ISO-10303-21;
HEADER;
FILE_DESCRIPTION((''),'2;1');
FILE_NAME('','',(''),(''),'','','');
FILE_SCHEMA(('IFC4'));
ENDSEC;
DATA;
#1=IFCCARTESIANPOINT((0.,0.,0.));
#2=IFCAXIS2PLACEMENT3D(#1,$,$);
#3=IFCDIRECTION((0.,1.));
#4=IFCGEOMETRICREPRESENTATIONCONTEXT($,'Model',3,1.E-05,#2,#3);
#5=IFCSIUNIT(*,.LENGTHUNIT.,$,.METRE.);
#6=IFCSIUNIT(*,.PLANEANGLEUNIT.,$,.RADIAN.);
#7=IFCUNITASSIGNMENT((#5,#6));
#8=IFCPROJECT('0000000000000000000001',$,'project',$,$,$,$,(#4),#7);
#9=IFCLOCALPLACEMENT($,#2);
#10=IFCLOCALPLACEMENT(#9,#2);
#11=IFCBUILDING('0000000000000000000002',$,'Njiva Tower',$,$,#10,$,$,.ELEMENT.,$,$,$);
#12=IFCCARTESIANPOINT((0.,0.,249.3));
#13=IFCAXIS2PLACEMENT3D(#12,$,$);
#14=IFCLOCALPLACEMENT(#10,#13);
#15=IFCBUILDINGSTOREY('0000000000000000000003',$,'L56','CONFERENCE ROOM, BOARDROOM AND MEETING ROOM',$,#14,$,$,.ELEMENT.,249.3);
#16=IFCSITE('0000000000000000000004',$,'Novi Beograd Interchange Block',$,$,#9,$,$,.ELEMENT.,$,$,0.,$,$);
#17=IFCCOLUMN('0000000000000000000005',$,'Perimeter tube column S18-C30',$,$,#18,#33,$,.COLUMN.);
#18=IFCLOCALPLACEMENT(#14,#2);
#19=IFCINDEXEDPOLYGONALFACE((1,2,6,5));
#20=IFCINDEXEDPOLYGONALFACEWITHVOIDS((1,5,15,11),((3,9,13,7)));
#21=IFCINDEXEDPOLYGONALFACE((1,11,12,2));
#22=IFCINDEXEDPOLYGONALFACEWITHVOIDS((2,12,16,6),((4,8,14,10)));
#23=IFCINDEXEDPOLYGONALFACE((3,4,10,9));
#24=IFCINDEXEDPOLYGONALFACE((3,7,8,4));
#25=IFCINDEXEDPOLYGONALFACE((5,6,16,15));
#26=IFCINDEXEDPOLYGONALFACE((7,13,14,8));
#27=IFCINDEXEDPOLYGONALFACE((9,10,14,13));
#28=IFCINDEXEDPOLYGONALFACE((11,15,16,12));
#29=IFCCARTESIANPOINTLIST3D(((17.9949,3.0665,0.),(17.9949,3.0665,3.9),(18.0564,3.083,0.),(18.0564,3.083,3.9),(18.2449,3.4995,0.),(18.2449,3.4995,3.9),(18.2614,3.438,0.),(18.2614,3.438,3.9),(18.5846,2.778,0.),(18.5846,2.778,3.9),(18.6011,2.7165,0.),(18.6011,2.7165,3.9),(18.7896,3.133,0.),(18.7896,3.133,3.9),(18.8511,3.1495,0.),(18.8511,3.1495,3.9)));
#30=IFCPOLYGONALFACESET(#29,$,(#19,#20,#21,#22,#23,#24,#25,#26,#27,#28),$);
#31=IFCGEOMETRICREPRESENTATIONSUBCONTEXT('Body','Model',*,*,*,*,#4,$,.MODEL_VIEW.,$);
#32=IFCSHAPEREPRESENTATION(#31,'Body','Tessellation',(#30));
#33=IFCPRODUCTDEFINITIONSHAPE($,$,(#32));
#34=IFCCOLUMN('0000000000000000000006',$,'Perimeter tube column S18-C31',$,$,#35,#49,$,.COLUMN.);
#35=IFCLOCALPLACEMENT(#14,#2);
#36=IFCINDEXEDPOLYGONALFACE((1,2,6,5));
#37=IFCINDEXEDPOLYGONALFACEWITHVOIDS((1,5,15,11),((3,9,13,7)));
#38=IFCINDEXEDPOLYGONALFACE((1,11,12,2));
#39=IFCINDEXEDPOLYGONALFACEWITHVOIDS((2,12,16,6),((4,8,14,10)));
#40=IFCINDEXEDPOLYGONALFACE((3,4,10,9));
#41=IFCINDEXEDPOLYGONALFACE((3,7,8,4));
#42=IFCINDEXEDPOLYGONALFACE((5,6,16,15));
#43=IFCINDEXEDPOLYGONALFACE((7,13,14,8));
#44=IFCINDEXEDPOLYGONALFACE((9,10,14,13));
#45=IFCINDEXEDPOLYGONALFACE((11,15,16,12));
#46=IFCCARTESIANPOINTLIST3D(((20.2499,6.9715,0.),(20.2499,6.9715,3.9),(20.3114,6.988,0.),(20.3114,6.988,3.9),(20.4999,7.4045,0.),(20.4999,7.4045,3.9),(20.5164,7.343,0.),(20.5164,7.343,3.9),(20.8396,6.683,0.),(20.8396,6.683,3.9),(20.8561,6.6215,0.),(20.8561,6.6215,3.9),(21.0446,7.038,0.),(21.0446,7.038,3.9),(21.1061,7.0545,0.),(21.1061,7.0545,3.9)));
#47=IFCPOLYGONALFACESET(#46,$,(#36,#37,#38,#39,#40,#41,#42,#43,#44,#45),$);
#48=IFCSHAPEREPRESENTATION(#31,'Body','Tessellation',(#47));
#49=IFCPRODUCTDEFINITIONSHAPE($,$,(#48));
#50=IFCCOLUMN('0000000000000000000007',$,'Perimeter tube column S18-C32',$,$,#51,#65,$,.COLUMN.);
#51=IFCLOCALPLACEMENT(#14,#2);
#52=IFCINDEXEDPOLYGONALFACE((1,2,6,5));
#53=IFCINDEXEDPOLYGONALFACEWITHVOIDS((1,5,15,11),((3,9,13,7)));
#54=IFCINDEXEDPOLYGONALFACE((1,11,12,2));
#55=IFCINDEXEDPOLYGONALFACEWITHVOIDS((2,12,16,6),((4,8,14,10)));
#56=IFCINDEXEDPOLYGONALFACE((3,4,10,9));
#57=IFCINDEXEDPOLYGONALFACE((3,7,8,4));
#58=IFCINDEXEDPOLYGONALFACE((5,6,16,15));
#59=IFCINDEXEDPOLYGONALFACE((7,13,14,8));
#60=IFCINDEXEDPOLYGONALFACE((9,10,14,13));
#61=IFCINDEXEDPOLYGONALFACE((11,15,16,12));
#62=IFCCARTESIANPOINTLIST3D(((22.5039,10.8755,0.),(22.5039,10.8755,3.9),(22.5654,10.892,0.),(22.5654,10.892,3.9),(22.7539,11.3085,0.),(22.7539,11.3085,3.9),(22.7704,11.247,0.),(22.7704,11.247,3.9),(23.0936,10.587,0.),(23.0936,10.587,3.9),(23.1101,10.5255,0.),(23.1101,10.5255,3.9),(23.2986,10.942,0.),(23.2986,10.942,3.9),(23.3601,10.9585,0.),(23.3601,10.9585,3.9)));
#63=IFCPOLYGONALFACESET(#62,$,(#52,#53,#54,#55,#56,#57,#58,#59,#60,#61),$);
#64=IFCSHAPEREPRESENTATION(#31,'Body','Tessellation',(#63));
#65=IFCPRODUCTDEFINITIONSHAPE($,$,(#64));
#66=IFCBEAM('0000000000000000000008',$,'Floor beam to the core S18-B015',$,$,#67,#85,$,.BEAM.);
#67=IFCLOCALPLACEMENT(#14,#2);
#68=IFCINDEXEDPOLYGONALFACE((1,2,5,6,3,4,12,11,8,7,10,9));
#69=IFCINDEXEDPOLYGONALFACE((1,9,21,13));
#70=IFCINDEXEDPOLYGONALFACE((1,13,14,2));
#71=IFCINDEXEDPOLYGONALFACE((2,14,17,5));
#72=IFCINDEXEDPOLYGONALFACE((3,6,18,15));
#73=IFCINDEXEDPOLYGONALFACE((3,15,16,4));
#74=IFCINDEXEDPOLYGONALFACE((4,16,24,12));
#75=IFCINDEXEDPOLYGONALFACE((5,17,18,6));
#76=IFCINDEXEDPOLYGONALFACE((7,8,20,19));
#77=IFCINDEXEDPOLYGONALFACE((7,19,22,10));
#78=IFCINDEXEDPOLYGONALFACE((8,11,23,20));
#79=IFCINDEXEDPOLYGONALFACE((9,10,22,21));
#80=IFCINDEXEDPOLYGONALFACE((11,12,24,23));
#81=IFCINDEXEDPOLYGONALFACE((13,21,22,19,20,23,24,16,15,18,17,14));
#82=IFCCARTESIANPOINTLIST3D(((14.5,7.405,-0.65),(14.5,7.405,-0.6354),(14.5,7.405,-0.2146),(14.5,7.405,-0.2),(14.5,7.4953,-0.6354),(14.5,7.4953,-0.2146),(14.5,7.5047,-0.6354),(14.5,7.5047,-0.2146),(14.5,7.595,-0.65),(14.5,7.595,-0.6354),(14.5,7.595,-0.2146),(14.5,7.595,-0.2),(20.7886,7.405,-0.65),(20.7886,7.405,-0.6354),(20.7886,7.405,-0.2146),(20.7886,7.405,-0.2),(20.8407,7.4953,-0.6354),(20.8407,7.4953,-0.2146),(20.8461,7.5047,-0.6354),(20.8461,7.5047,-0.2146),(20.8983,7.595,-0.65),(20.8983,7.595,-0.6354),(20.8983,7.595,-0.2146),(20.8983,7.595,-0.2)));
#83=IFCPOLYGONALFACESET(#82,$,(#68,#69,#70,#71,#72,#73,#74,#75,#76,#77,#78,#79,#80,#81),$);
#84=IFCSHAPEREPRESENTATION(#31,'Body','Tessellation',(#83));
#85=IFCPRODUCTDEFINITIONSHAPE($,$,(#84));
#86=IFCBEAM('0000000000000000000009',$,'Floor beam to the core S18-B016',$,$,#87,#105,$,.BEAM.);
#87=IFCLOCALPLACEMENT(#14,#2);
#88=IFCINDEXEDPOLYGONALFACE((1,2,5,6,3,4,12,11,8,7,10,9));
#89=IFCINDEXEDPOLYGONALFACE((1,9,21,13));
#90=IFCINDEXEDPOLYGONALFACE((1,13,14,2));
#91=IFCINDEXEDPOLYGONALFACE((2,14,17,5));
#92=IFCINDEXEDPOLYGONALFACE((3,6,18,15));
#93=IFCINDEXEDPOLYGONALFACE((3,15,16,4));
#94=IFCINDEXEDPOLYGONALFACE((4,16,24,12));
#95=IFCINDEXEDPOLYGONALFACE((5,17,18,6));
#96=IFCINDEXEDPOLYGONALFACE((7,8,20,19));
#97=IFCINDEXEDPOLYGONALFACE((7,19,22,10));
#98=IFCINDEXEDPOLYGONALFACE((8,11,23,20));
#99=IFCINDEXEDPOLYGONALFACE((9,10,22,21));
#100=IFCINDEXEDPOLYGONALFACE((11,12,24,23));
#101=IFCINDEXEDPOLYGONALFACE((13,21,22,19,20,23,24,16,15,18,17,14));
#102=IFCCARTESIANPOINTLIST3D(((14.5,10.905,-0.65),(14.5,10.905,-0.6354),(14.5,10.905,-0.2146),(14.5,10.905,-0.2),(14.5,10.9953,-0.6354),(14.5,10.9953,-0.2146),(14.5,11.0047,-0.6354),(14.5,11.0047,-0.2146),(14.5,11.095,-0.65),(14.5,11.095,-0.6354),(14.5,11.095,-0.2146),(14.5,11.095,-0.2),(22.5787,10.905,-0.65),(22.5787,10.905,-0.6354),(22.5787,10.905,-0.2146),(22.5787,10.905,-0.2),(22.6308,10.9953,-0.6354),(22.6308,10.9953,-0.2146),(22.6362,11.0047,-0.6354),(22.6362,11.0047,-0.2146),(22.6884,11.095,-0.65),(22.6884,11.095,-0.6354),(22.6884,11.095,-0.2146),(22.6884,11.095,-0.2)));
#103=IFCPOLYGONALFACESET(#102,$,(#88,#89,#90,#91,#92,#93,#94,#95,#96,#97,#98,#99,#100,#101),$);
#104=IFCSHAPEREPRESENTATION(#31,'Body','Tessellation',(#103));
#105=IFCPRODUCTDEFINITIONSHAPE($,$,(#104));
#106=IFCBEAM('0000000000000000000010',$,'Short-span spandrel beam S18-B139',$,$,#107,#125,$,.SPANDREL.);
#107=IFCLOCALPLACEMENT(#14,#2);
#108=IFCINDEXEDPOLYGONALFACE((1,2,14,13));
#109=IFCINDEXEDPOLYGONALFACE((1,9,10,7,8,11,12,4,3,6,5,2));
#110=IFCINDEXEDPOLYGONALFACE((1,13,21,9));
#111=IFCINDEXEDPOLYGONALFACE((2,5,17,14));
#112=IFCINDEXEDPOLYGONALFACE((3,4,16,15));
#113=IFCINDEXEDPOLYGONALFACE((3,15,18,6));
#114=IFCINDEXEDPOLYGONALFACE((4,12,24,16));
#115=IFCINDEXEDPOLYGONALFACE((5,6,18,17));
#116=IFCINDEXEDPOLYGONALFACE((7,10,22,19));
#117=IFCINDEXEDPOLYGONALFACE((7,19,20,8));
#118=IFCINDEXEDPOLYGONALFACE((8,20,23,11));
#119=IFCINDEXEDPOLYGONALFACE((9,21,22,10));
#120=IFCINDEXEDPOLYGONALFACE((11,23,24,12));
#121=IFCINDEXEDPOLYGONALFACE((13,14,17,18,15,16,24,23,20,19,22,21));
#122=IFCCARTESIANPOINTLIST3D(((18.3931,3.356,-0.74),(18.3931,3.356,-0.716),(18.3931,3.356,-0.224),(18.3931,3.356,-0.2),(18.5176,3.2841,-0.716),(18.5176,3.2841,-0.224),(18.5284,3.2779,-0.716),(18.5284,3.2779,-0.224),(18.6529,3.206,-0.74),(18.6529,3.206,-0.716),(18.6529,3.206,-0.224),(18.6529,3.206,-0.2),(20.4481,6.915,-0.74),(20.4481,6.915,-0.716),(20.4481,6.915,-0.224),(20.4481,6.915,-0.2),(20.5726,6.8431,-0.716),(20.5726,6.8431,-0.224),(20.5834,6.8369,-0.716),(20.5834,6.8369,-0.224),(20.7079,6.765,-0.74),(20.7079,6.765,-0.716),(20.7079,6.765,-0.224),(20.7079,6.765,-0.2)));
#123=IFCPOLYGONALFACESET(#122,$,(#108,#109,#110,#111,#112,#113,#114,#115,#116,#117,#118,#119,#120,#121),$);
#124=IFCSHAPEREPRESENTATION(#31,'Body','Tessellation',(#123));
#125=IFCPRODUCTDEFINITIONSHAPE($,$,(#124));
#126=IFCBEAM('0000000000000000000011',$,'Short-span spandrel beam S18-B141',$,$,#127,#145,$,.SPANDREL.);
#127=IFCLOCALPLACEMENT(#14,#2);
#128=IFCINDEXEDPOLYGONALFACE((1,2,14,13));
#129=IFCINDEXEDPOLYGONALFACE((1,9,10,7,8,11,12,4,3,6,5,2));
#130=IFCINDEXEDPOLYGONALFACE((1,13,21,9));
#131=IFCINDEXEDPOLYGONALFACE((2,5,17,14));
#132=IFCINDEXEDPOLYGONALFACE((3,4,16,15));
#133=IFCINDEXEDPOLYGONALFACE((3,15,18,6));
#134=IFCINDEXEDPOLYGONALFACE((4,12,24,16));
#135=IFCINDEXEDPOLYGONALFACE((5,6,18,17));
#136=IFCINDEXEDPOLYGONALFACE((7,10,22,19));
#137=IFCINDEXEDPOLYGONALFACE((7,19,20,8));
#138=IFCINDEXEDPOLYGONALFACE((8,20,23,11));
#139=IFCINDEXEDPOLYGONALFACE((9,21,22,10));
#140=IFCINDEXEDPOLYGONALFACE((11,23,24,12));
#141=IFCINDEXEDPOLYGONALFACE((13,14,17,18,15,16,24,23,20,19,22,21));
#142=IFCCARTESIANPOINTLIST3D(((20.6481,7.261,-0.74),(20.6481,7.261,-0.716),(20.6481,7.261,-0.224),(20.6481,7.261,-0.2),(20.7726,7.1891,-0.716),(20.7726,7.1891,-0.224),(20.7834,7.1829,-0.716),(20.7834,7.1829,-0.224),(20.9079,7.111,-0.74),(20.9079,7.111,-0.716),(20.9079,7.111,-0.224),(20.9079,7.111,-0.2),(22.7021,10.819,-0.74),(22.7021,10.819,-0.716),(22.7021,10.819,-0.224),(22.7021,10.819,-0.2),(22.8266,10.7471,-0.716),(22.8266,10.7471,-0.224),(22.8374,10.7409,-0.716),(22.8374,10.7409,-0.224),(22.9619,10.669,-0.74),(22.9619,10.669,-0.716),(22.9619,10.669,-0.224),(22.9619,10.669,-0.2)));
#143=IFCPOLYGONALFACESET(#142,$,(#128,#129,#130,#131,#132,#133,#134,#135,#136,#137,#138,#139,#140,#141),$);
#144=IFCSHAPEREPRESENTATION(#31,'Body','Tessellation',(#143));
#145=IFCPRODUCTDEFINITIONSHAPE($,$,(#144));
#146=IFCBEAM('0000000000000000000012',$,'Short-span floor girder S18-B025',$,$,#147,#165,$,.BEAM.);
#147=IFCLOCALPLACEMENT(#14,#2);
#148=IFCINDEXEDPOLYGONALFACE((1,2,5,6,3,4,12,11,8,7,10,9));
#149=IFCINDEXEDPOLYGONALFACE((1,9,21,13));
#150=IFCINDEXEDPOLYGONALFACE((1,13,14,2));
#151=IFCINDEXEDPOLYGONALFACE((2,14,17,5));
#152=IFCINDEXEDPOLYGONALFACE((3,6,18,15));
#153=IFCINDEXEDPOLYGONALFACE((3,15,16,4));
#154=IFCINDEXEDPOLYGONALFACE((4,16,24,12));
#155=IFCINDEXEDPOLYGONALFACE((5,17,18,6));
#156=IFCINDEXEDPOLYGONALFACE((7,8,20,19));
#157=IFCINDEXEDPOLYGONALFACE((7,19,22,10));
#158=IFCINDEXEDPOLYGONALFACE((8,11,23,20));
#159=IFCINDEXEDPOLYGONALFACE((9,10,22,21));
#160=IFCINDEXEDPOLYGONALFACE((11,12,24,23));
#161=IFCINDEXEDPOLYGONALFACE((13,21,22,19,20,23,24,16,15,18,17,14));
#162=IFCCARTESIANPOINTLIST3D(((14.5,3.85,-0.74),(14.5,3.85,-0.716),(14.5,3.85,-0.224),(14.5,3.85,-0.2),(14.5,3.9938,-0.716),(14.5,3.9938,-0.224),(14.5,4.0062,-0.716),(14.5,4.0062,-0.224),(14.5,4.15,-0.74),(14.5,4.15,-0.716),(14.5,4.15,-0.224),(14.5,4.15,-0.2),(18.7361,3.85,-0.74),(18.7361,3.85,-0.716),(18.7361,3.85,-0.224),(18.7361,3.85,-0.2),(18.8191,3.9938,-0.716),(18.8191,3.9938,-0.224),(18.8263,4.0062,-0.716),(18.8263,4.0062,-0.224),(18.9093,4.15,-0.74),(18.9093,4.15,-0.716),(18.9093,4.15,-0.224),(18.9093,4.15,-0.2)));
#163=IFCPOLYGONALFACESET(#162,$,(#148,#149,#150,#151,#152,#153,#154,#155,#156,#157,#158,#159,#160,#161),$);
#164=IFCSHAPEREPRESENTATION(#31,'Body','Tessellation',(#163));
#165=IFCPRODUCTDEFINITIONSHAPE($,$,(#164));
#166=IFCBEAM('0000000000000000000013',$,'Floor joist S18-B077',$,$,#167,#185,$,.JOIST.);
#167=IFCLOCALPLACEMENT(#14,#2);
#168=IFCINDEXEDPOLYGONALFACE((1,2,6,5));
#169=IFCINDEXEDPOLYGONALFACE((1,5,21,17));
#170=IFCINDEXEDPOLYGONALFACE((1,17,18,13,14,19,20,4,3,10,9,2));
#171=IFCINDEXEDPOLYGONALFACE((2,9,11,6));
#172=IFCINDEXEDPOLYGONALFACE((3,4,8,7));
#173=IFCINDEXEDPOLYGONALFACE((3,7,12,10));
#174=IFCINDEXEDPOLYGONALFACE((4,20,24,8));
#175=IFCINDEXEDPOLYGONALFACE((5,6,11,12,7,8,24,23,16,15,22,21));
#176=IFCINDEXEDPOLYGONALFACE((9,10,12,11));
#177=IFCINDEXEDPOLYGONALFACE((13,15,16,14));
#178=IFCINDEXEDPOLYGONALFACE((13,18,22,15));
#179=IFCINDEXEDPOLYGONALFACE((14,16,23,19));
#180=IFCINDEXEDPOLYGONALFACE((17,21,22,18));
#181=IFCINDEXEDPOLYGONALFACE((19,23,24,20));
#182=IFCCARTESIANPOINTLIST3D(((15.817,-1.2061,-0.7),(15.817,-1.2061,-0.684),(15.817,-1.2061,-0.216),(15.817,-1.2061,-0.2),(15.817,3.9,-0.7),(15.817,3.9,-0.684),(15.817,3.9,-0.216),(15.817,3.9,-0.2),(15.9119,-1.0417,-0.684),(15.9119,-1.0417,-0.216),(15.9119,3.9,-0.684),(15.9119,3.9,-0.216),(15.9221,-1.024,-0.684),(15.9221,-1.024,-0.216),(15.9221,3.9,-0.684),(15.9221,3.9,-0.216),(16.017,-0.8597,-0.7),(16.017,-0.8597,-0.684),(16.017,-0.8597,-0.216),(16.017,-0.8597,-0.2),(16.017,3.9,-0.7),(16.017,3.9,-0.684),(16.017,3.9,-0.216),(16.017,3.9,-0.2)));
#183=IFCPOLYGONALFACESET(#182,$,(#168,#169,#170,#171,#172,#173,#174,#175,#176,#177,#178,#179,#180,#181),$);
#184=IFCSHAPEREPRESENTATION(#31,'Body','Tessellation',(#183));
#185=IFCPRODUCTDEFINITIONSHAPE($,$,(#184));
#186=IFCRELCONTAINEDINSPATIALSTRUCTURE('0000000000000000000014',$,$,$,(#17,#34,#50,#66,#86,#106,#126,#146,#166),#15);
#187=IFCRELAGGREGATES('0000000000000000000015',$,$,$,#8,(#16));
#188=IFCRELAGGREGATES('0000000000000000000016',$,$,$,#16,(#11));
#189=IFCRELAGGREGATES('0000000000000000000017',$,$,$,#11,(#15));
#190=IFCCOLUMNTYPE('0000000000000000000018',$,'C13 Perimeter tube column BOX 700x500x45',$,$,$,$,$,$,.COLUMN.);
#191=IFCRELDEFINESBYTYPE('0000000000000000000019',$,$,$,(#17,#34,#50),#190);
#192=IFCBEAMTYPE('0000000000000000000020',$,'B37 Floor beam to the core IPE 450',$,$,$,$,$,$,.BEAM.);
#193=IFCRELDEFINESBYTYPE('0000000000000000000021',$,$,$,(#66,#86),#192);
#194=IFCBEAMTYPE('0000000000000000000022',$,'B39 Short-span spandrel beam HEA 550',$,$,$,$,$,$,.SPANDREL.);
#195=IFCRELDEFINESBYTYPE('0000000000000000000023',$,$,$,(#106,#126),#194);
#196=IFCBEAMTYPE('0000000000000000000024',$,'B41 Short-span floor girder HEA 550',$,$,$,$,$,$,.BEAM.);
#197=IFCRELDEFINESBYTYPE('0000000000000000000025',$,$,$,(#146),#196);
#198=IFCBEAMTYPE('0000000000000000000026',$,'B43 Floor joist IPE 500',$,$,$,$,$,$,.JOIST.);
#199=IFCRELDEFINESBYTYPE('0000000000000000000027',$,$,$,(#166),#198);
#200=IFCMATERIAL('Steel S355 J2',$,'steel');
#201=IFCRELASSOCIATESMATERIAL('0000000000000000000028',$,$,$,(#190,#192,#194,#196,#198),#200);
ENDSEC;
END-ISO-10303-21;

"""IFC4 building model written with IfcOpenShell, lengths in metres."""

from ifc_helpers import new_model, si_unit, direction, frame, origin, origin_2d, place, context, subcontext, project, spatial, hollow_rectangle, i_section, extrude, clip, halfspace, material, material_profile, profile_set, type_object, element, save


model = new_model("IFC4")

# Units and contexts
model_context = context("Model", 3, precision=1e-05, world=origin(), true_north=direction((0.0, 1.0)))
body_context = subcontext(model_context, "Body", "Model", "MODEL_VIEW")
ifc_project = project(units=[si_unit("LENGTHUNIT", "METRE"), si_unit("PLANEANGLEUNIT", "RADIAN")], contexts=[model_context])

# Site, building, storey
site_placement = place(None, origin())
site = spatial("IfcSite", under=ifc_project, at=site_placement, Name="Novi Beograd Interchange Block", CompositionType="ELEMENT", RefElevation=0.0)
building_placement = place(site_placement, origin())
building = spatial("IfcBuilding", under=site, at=building_placement, Name="Njiva Tower", CompositionType="ELEMENT")
storey_placement = place(building_placement, frame((0.0, 0.0, 249.3)))
storey = spatial("IfcBuildingStorey", under=building, at=storey_placement, Name="L56", Description="CONFERENCE ROOM, BOARDROOM AND MEETING ROOM", CompositionType="ELEMENT", Elevation=249.3)

# Columns
ifc_material_1 = material(Name="Steel S355 J2", Category="steel")
ifc_material_profile_1 = material_profile(ifc_material_1, hollow_rectangle(XDim=0.5, YDim=0.7, WallThickness=0.045, at=origin_2d()), Name="BOX 700x500x45")
ifc_profile_set_1 = profile_set([ifc_material_profile_1], Name="Steel S355 J2")
column_type = type_object("IfcColumnType", Name="C13 Perimeter tube column BOX 700x500x45", PredefinedType="COLUMN", material=ifc_profile_set_1)
for number, where, z_axis, x_axis, name in (
    (1, (18.423, 3.108, 0.0), (0.0, 0.0, 1.0), (0.5, 0.866025, 0.0), "Perimeter tube column S18-C30"),
    (2, (20.678, 7.013, 0.0), (0.0, 0.0, 1.0), (0.5, 0.866025, 0.0), "Perimeter tube column S18-C31"),
    (3, (22.932, 10.917, 0.0), (0.0, 0.0, 1.0), (0.5, 0.866025, 0.0), "Perimeter tube column S18-C32"),
):
    element("IfcColumn", number, at=place(storey_placement, frame(where, z_axis=z_axis, x_axis=x_axis)), inside=storey, type_object=column_type, Name=name, PredefinedType="COLUMN", context=body_context, shape_type="SweptSolid", body=[
        extrude(hollow_rectangle(XDim=0.5, YDim=0.7, WallThickness=0.045, at=origin_2d()), origin(), (0.0, 0.0, 1.0), 3.9),
    ])

# Beams
ifc_material_profile_2 = material_profile(ifc_material_1, i_section(OverallWidth=0.19, OverallDepth=0.45, WebThickness=0.0094, FlangeThickness=0.0146, at=origin_2d()), Name="IPE 450")
ifc_profile_set_2 = profile_set([ifc_material_profile_2], Name="Steel S355 J2")
beam_type_1 = type_object("IfcBeamType", Name="B37 Floor beam to the core IPE 450", PredefinedType="BEAM", material=ifc_profile_set_2)
beam_1_placement = place(storey_placement, frame((14.5, 7.5, -0.425), z_axis=(1.0, 0.0, 0.0), x_axis=(0.0, 1.0, 0.0)))
element("IfcBeam", 4, at=beam_1_placement, inside=storey, type_object=beam_type_1, Name="Floor beam to the core S18-B015", PredefinedType="BEAM", context=body_context, shape_type="Clipping", body=[
    clip(extrude(i_section(OverallWidth=0.19, OverallDepth=0.45, WebThickness=0.0094, FlangeThickness=0.0146, at=origin_2d()), origin(), (0.0, 0.0, 1.0), 6.418), halfspace(frame((-0.025, 0.0, 6.329), z_axis=(-0.499998, 0.0, 0.866027), x_axis=(0.0, 1.0, 0.0)), False)),
])
beam_2_placement = place(storey_placement, frame((14.5, 11.0, -0.425), z_axis=(1.0, 0.0, 0.0), x_axis=(0.0, 1.0, 0.0)))
element("IfcBeam", 5, at=beam_2_placement, inside=storey, type_object=beam_type_1, Name="Floor beam to the core S18-B016", PredefinedType="BEAM", context=body_context, shape_type="Clipping", body=[
    clip(extrude(i_section(OverallWidth=0.19, OverallDepth=0.45, WebThickness=0.0094, FlangeThickness=0.0146, at=origin_2d()), origin(), (0.0, 0.0, 1.0), 8.209), halfspace(frame((-0.025, 0.0, 8.1191), z_axis=(-0.499998, 0.0, 0.866027), x_axis=(0.0, 1.0, 0.0)), False)),
])
ifc_material_profile_3 = material_profile(ifc_material_1, i_section(OverallWidth=0.3, OverallDepth=0.54, WebThickness=0.0125, FlangeThickness=0.024, at=origin_2d()), Name="HEA 550")
ifc_profile_set_3 = profile_set([ifc_material_profile_3], Name="Steel S355 J2")
beam_type_2 = type_object("IfcBeamType", Name="B39 Short-span spandrel beam HEA 550", PredefinedType="SPANDREL", material=ifc_profile_set_3)
beam_3_placement = place(storey_placement, frame((18.523, 3.281, -0.47), z_axis=(0.500038, 0.866003, 0.0), x_axis=(-0.866003, 0.500038, 0.0)))
element("IfcBeam", 6, at=beam_3_placement, inside=storey, type_object=beam_type_2, Name="Short-span spandrel beam S18-B139", PredefinedType="SPANDREL", context=body_context, shape_type="SweptSolid", body=[
    extrude(i_section(OverallWidth=0.3, OverallDepth=0.54, WebThickness=0.0125, FlangeThickness=0.024, at=origin_2d()), origin(), (0.0, 0.0, 1.0), 4.1097),
])
beam_4_placement = place(storey_placement, frame((20.778, 7.186, -0.47), z_axis=(0.499961, 0.866048, 0.0), x_axis=(-0.866048, 0.499961, 0.0)))
element("IfcBeam", 7, at=beam_4_placement, inside=storey, type_object=beam_type_2, Name="Short-span spandrel beam S18-B141", PredefinedType="SPANDREL", context=body_context, shape_type="SweptSolid", body=[
    extrude(i_section(OverallWidth=0.3, OverallDepth=0.54, WebThickness=0.0125, FlangeThickness=0.024, at=origin_2d()), origin(), (0.0, 0.0, 1.0), 4.1083),
])
ifc_material_profile_4 = material_profile(ifc_material_1, i_section(OverallWidth=0.3, OverallDepth=0.54, WebThickness=0.0125, FlangeThickness=0.024, at=origin_2d()), Name="HEA 550")
ifc_profile_set_4 = profile_set([ifc_material_profile_4], Name="Steel S355 J2")
beam_type_3 = type_object("IfcBeamType", Name="B41 Short-span floor girder HEA 550", PredefinedType="BEAM", material=ifc_profile_set_4)
beam_5_placement = place(storey_placement, frame((14.5, 4.0, -0.47), z_axis=(1.0, 0.0, 0.0), x_axis=(0.0, 1.0, 0.0)))
element("IfcBeam", 8, at=beam_5_placement, inside=storey, type_object=beam_type_3, Name="Short-span floor girder S18-B025", PredefinedType="BEAM", context=body_context, shape_type="Clipping", body=[
    clip(extrude(i_section(OverallWidth=0.3, OverallDepth=0.54, WebThickness=0.0125, FlangeThickness=0.024, at=origin_2d()), origin(), (0.0, 0.0, 1.0), 4.43), halfspace(frame((-0.025, 0.0, 4.3083), z_axis=(-0.499998, 0.0, 0.866027), x_axis=(0.0, 1.0, 0.0)), False)),
])
ifc_material_profile_5 = material_profile(ifc_material_1, i_section(OverallWidth=0.2, OverallDepth=0.5, WebThickness=0.0102, FlangeThickness=0.016, at=origin_2d()), Name="IPE 500")
ifc_profile_set_5 = profile_set([ifc_material_profile_5], Name="Steel S355 J2")
beam_type_4 = type_object("IfcBeamType", Name="B43 Floor joist IPE 500", PredefinedType="JOIST", material=ifc_profile_set_5)
beam_6_placement = place(storey_placement, frame((15.917, 3.9, -0.45), z_axis=(0.0, -1.0, 0.0), x_axis=(1.0, 0.0, 0.0)))
element("IfcBeam", 9, at=beam_6_placement, inside=storey, type_object=beam_type_4, Name="Floor joist S18-B077", PredefinedType="JOIST", context=body_context, shape_type="Clipping", body=[
    clip(extrude(i_section(OverallWidth=0.2, OverallDepth=0.5, WebThickness=0.0102, FlangeThickness=0.016, at=origin_2d()), origin(), (0.0, 0.0, 1.0), 5.126), halfspace(frame((0.043, 0.0, 4.8584), z_axis=(0.866027, 0.0, 0.499998), x_axis=(0.0, 1.0, 0.0)), False)),
])

save(model, "model.ifc")
